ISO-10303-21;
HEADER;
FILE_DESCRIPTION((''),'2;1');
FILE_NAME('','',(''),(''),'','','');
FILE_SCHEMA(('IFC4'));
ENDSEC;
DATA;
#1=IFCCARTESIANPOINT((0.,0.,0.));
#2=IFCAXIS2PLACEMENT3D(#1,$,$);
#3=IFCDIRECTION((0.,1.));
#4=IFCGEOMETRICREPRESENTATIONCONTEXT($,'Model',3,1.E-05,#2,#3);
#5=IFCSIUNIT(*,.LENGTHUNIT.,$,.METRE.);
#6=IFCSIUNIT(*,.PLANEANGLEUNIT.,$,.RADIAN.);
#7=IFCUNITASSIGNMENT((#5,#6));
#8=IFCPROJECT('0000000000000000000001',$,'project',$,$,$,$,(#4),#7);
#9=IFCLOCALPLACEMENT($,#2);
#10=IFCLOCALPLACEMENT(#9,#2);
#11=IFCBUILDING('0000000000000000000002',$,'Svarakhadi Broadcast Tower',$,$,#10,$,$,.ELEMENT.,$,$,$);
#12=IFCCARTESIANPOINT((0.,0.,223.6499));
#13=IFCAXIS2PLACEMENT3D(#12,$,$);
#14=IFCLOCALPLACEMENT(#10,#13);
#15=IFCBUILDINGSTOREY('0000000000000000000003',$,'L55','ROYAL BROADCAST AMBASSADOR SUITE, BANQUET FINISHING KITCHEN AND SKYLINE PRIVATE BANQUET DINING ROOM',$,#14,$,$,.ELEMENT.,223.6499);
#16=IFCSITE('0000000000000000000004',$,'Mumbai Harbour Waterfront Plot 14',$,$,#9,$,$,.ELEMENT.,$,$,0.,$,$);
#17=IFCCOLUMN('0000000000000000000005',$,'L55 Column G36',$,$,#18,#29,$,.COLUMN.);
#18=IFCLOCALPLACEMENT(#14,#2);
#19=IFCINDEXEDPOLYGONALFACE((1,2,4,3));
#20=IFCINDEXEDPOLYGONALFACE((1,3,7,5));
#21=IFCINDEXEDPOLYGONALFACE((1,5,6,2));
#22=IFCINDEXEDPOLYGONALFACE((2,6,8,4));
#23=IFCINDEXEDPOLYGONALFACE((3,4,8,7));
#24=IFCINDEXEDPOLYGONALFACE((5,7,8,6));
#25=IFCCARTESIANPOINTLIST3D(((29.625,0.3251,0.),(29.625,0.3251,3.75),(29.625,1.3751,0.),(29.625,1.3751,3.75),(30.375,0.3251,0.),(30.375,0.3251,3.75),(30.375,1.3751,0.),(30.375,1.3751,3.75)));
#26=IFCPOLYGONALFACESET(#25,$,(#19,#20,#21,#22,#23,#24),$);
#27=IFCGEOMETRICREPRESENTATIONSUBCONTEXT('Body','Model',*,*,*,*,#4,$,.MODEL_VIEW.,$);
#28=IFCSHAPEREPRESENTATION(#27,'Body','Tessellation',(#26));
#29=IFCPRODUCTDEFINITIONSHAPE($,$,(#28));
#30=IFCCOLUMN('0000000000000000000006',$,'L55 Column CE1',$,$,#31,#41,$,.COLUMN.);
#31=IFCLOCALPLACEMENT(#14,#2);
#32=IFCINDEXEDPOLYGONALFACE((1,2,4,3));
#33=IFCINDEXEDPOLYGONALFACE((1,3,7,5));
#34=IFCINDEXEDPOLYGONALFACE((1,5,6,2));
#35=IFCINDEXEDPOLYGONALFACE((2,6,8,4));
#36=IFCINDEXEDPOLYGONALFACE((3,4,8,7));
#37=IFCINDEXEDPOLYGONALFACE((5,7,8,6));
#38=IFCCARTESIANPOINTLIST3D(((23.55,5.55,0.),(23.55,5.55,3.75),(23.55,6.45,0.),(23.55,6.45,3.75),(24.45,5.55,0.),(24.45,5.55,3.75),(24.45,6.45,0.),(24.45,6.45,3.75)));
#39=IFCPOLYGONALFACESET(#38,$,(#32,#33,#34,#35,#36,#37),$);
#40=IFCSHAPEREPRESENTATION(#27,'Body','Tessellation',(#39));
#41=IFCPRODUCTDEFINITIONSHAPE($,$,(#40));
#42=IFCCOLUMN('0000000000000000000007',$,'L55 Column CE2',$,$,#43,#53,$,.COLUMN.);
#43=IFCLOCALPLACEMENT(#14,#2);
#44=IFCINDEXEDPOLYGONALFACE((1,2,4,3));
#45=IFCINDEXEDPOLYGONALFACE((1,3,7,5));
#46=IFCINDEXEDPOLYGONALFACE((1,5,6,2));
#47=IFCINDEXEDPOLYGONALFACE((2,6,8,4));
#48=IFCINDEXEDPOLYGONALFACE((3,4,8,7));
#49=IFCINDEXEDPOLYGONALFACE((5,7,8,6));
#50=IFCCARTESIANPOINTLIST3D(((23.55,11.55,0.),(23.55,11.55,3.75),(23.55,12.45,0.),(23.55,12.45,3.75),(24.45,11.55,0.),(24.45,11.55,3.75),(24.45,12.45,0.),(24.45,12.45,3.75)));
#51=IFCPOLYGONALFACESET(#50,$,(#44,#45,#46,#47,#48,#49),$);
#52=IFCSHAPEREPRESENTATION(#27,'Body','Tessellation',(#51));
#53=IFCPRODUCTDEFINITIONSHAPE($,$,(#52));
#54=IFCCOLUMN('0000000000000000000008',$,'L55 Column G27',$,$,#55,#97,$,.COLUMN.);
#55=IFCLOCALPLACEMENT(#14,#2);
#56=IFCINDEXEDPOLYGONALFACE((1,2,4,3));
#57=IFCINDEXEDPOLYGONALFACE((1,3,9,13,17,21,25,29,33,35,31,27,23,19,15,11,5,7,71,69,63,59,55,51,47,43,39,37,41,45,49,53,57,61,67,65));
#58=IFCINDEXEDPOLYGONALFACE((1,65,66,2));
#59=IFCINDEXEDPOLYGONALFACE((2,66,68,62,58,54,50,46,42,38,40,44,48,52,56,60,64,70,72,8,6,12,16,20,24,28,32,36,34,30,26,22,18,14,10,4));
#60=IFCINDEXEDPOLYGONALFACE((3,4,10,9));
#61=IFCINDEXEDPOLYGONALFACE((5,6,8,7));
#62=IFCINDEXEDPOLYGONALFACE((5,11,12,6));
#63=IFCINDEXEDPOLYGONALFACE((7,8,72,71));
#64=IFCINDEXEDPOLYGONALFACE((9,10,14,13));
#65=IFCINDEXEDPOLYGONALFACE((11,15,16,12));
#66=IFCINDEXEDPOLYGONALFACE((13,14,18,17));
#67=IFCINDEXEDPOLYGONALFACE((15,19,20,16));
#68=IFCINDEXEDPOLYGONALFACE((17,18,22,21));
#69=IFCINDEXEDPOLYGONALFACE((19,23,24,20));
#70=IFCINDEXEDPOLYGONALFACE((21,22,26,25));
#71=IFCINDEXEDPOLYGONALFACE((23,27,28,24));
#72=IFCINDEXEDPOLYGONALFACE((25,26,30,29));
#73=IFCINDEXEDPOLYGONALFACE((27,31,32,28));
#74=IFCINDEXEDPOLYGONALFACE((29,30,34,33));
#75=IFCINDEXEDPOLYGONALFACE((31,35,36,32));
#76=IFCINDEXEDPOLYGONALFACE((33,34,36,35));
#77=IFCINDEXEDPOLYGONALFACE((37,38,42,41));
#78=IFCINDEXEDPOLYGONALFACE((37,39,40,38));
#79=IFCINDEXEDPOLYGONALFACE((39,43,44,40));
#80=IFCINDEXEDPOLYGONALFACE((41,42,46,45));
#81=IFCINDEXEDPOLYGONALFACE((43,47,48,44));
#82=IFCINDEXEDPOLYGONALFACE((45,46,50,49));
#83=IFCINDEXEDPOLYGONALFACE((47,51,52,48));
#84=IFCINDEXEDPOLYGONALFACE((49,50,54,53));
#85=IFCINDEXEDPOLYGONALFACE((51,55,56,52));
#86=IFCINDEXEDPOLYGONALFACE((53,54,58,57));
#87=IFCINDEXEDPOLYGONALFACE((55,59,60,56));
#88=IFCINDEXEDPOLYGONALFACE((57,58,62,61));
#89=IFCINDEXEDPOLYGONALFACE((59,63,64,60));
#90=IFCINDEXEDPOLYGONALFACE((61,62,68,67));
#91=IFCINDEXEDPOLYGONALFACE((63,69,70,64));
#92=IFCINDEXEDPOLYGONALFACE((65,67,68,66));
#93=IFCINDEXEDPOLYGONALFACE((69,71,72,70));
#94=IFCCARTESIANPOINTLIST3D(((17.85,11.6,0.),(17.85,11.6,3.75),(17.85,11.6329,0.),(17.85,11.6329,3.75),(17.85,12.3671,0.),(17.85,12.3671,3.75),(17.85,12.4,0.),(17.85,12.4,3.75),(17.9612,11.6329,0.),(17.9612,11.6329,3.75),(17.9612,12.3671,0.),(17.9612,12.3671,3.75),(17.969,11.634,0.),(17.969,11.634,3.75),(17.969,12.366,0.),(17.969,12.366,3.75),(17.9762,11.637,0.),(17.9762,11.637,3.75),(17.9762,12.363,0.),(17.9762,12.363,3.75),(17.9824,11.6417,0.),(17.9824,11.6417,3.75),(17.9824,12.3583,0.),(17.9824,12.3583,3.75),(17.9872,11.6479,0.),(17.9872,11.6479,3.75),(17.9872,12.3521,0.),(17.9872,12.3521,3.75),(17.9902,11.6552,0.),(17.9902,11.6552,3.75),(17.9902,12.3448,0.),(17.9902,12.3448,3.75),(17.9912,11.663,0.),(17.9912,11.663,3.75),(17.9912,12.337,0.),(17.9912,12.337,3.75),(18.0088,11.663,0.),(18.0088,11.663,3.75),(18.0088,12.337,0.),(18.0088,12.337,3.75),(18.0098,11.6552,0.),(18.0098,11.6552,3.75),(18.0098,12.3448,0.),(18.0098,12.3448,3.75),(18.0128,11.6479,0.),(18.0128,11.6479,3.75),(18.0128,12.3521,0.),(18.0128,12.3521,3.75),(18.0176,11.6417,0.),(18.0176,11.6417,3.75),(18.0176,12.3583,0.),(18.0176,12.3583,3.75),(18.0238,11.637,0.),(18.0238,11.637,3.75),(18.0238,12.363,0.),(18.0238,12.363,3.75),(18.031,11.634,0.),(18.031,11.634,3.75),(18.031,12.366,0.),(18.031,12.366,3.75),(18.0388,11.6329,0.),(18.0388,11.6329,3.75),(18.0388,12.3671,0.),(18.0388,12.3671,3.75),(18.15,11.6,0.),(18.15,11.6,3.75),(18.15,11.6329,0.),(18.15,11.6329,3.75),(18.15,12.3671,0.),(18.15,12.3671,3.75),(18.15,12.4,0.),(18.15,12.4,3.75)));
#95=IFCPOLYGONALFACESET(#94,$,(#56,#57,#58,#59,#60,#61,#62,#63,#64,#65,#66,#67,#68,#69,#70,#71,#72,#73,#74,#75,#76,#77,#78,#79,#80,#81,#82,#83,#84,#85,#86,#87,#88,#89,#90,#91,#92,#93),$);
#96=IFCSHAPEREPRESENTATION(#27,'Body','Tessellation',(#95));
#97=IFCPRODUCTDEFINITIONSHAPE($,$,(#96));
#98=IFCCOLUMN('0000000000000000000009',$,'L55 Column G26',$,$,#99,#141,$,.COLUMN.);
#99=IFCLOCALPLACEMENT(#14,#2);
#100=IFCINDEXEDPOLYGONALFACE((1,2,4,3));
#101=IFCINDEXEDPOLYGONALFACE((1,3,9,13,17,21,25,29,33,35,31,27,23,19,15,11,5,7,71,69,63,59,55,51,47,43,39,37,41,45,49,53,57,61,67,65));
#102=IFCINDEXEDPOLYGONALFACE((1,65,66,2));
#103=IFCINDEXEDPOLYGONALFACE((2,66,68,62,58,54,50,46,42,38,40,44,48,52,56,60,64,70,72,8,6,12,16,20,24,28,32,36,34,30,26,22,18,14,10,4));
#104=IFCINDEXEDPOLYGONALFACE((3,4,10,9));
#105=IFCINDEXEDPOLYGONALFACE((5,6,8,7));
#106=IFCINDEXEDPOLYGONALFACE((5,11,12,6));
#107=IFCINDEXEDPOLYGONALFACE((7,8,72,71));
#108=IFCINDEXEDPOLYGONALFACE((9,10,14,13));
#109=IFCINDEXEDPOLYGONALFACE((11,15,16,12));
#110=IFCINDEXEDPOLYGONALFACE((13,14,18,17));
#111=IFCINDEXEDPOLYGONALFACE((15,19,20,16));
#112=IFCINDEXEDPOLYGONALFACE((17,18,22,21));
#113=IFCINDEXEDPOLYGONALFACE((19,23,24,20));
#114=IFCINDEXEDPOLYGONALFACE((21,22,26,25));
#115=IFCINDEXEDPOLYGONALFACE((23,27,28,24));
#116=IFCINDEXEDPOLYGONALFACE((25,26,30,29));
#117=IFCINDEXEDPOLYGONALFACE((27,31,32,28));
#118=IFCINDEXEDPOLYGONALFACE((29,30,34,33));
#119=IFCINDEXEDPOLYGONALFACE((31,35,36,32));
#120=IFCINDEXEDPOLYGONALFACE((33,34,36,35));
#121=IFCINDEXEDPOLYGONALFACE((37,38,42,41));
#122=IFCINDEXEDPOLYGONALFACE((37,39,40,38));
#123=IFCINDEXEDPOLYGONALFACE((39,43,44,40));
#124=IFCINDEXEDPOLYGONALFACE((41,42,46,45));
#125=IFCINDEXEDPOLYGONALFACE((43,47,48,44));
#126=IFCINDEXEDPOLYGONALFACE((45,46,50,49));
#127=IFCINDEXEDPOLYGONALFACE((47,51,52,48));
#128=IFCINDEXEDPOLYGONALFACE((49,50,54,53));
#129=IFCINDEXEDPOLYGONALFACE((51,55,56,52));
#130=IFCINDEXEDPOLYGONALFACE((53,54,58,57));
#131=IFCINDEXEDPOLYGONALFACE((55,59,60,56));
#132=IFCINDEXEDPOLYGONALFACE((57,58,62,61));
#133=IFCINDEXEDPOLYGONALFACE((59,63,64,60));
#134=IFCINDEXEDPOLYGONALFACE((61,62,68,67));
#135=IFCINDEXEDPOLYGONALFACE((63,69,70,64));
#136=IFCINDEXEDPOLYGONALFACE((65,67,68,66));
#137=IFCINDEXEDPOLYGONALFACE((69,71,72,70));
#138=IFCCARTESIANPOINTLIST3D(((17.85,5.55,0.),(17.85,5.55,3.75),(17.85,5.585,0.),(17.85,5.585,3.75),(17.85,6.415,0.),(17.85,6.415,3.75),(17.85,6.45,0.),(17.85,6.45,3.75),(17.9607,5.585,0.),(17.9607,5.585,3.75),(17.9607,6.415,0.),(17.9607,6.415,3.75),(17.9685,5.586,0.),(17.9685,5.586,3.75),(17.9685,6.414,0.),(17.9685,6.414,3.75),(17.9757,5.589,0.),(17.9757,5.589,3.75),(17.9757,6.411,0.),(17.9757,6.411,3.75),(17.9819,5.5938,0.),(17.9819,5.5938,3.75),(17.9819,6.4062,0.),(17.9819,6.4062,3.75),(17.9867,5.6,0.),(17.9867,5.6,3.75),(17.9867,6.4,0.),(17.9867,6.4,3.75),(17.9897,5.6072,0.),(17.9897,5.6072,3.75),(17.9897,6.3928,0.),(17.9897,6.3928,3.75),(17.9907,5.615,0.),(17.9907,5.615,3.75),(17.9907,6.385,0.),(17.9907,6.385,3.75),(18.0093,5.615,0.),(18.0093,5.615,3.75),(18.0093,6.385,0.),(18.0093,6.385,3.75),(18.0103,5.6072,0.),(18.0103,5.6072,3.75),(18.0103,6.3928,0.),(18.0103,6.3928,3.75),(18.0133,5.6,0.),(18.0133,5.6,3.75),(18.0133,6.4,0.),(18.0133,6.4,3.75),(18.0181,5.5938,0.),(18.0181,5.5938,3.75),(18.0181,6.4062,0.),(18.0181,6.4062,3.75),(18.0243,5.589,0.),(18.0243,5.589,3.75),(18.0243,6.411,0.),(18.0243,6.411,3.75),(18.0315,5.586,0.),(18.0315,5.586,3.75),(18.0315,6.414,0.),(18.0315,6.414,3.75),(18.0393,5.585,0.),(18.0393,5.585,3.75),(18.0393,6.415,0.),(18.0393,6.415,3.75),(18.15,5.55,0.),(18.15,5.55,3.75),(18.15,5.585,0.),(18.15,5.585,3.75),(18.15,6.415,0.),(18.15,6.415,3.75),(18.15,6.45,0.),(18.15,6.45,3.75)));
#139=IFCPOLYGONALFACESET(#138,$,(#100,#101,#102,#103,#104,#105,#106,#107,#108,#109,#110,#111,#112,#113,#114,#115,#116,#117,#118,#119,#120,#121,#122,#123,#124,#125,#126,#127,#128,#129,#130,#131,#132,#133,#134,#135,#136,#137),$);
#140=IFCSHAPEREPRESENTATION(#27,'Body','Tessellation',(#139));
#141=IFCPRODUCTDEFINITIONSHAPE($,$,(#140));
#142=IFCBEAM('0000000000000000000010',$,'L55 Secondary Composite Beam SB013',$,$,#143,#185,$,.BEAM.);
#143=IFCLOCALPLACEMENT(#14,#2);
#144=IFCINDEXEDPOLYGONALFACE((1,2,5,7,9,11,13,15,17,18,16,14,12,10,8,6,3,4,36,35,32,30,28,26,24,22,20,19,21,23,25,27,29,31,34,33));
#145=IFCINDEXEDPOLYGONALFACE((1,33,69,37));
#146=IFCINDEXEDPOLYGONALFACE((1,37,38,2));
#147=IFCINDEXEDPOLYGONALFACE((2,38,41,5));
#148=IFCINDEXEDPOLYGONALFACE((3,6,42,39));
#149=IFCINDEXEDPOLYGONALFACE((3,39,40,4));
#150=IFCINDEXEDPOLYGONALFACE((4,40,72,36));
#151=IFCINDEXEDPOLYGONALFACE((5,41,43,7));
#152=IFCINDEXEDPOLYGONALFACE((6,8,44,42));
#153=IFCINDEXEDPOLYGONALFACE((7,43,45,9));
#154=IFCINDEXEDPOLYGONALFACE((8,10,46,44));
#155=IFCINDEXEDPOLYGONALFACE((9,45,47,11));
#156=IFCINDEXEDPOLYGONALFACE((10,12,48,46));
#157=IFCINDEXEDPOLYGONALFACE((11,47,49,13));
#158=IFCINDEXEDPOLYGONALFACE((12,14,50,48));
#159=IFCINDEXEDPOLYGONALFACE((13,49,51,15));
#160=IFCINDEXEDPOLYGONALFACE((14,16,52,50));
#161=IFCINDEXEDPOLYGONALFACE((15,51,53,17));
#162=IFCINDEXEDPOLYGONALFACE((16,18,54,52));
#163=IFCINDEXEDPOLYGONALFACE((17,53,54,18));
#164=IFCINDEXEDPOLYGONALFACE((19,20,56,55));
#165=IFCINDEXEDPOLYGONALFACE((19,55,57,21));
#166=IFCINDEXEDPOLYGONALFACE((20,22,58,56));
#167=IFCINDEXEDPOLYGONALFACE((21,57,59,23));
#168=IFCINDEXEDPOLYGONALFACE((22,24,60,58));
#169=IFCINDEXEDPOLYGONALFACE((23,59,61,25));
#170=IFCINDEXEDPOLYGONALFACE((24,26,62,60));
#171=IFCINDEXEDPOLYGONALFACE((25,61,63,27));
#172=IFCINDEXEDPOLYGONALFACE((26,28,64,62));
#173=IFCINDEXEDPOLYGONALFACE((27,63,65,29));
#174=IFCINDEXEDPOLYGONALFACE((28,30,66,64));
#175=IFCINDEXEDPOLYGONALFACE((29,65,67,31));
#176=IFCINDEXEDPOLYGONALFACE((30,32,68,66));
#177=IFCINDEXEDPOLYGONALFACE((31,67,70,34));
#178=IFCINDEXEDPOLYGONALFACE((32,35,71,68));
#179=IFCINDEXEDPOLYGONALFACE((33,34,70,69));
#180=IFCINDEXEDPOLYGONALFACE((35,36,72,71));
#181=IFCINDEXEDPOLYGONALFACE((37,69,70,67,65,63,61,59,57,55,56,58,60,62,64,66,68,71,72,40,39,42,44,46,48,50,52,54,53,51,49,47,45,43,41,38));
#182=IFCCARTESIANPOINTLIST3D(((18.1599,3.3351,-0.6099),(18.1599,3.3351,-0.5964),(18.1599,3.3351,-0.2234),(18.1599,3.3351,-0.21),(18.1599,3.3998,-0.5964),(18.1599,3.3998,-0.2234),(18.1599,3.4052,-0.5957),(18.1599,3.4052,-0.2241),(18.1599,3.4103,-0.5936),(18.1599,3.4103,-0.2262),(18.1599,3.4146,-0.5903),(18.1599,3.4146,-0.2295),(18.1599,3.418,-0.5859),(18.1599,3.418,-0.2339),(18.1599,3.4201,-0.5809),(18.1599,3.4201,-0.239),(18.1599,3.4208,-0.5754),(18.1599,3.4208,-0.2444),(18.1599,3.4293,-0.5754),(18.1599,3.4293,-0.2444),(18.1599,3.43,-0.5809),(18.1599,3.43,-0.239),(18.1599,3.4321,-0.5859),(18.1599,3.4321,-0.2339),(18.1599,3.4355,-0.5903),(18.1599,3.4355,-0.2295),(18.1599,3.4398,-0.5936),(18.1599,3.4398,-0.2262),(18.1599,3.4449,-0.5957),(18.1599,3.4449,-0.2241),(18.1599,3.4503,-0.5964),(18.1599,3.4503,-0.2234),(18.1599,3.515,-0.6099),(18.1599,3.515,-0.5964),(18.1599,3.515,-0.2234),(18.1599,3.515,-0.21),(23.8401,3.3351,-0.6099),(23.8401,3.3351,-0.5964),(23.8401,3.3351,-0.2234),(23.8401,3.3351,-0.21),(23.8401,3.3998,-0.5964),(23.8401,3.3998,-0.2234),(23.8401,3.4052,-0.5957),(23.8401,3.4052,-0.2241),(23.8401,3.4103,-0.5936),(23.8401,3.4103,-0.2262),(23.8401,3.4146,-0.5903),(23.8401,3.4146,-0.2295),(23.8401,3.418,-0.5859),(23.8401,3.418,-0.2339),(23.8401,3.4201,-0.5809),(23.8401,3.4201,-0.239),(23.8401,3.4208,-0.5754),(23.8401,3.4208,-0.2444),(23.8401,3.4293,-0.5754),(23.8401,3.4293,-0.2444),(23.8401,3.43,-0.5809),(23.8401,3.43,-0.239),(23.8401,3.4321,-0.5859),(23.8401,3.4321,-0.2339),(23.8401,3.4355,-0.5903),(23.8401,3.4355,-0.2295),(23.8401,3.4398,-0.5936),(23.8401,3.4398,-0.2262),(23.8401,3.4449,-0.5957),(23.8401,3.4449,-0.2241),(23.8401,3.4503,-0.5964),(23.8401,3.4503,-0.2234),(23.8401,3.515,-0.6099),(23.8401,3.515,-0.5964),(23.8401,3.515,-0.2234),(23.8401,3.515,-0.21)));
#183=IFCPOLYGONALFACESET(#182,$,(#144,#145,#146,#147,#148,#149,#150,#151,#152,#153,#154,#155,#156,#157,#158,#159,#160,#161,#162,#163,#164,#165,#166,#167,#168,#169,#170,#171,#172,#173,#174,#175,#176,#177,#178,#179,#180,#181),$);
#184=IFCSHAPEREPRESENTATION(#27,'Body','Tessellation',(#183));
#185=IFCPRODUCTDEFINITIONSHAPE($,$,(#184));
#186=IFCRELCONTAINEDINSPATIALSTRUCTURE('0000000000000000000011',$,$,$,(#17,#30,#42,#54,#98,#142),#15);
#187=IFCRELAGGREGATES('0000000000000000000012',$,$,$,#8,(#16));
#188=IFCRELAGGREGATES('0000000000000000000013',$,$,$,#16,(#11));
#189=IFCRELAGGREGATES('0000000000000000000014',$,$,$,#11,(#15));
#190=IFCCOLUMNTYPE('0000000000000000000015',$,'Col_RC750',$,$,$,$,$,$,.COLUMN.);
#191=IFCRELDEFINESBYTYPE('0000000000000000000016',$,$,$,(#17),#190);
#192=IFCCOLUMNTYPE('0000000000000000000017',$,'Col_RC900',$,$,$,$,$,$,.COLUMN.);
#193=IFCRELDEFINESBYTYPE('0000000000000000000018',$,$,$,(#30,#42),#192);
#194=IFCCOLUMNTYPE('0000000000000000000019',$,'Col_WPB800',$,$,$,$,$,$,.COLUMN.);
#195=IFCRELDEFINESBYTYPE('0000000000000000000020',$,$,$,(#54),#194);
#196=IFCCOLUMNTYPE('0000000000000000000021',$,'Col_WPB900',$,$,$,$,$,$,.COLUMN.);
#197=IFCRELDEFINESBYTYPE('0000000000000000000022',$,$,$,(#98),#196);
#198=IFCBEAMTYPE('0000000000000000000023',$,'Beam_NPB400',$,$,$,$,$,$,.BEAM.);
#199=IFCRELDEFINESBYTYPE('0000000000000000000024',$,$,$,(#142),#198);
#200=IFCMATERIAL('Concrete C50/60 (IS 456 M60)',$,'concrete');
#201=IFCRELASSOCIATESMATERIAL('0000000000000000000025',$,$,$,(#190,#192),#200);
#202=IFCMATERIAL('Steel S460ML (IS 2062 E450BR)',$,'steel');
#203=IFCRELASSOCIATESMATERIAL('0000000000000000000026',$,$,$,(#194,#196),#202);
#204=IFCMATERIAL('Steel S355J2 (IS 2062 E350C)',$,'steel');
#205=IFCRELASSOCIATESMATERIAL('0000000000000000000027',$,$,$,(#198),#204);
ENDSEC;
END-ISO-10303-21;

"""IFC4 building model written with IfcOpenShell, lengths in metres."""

from ifc_helpers import new_model, si_unit, direction, frame, origin, origin_2d, place, context, subcontext, project, spatial, rectangle, i_section, extrude, material, material_profile, profile_set, type_object, element, save


model = new_model("IFC4")

# Units and contexts
model_context = context("Model", 3, precision=1e-05, world=origin(), true_north=direction((0.0, 1.0)))
body_context = subcontext(model_context, "Body", "Model", "MODEL_VIEW")
ifc_project = project(units=[si_unit("LENGTHUNIT", "METRE"), si_unit("PLANEANGLEUNIT", "RADIAN")], contexts=[model_context])

# Site, building, storey
site_placement = place(None, origin())
site = spatial("IfcSite", under=ifc_project, at=site_placement, Name="Mumbai Harbour Waterfront Plot 14", CompositionType="ELEMENT", RefElevation=0.0)
building_placement = place(site_placement, origin())
building = spatial("IfcBuilding", under=site, at=building_placement, Name="Svarakhadi Broadcast Tower", CompositionType="ELEMENT")
storey_placement = place(building_placement, frame((0.0, 0.0, 223.6499)))
storey = spatial("IfcBuildingStorey", under=building, at=storey_placement, Name="L55", Description="ROYAL BROADCAST AMBASSADOR SUITE, BANQUET FINISHING KITCHEN AND SKYLINE PRIVATE BANQUET DINING ROOM", CompositionType="ELEMENT", Elevation=223.6499)

# Columns
ifc_material_1 = material(Name="Concrete C50/60 (IS 456 M60)", Category="concrete")
ifc_material_profile_1 = material_profile(ifc_material_1, rectangle(XDim=0.75, YDim=1.05, at=origin_2d()), Name="RC 750x1050")
ifc_profile_set_1 = profile_set([ifc_material_profile_1], Name="Concrete C50/60 (IS 456 M60)")
column_type_1 = type_object("IfcColumnType", Name="Col_RC750", PredefinedType="COLUMN", material=ifc_profile_set_1)
column_1_placement = place(storey_placement, frame((30.0, 0.8501, 0.0), z_axis=(0.0, 0.0, 1.0), x_axis=(1.0, 0.0, 0.0)))
element("IfcColumn", 1, at=column_1_placement, inside=storey, type_object=column_type_1, Name="L55 Column G36", PredefinedType="COLUMN", context=body_context, shape_type="SweptSolid", body=[
    extrude(rectangle(XDim=0.75, YDim=1.05, at=origin_2d()), origin(), (0.0, 0.0, 1.0), 3.75),
])
ifc_material_profile_2 = material_profile(ifc_material_1, rectangle(XDim=0.8999, YDim=0.8999, at=origin_2d()), Name="RC 900x900")
ifc_profile_set_2 = profile_set([ifc_material_profile_2], Name="Concrete C50/60 (IS 456 M60)")
column_type_2 = type_object("IfcColumnType", Name="Col_RC900", PredefinedType="COLUMN", material=ifc_profile_set_2)
for number, where, z_axis, x_axis, name in (
    (2, (24.0, 6.0, 0.0), (0.0, 0.0, 1.0), (1.0, 0.0, 0.0), "L55 Column CE1"),
    (3, (24.0, 12.0, 0.0), (0.0, 0.0, 1.0), (1.0, 0.0, 0.0), "L55 Column CE2"),
):
    element("IfcColumn", number, at=place(storey_placement, frame(where, z_axis=z_axis, x_axis=x_axis)), inside=storey, type_object=column_type_2, Name=name, PredefinedType="COLUMN", context=body_context, shape_type="SweptSolid", body=[
        extrude(rectangle(XDim=0.8999, YDim=0.8999, at=origin_2d()), origin(), (0.0, 0.0, 1.0), 3.75),
    ])
ifc_material_2 = material(Name="Steel S460ML (IS 2062 E450BR)", Category="steel")
ifc_material_profile_3 = material_profile(ifc_material_2, i_section(OverallWidth=0.3, OverallDepth=0.8, WebThickness=0.0176, FlangeThickness=0.033, FilletRadius=0.03, at=origin_2d()), Name="WPB 800x300x262")
ifc_profile_set_3 = profile_set([ifc_material_profile_3], Name="Steel S460ML (IS 2062 E450BR)")
column_type_3 = type_object("IfcColumnType", Name="Col_WPB800", PredefinedType="COLUMN", material=ifc_profile_set_3)
column_2_placement = place(storey_placement, frame((18.0, 12.0, 0.0), z_axis=(0.0, 0.0, 1.0), x_axis=(1.0, 0.0, 0.0)))
element("IfcColumn", 4, at=column_2_placement, inside=storey, type_object=column_type_3, Name="L55 Column G27", PredefinedType="COLUMN", context=body_context, shape_type="SweptSolid", body=[
    extrude(i_section(OverallWidth=0.3, OverallDepth=0.8, WebThickness=0.0176, FlangeThickness=0.033, FilletRadius=0.03, at=origin_2d()), origin(), (0.0, 0.0, 1.0), 3.75),
])
ifc_material_profile_4 = material_profile(ifc_material_2, i_section(OverallWidth=0.3, OverallDepth=0.8999, WebThickness=0.0186, FlangeThickness=0.0349, FilletRadius=0.03, at=origin_2d()), Name="WPB 900x300x291")
ifc_profile_set_4 = profile_set([ifc_material_profile_4], Name="Steel S460ML (IS 2062 E450BR)")
column_type_4 = type_object("IfcColumnType", Name="Col_WPB900", PredefinedType="COLUMN", material=ifc_profile_set_4)
column_3_placement = place(storey_placement, frame((18.0, 6.0, 0.0), z_axis=(0.0, 0.0, 1.0), x_axis=(1.0, 0.0, 0.0)))
element("IfcColumn", 5, at=column_3_placement, inside=storey, type_object=column_type_4, Name="L55 Column G26", PredefinedType="COLUMN", context=body_context, shape_type="SweptSolid", body=[
    extrude(i_section(OverallWidth=0.3, OverallDepth=0.8999, WebThickness=0.0186, FlangeThickness=0.0349, FilletRadius=0.03, at=origin_2d()), origin(), (0.0, 0.0, 1.0), 3.75),
])

# Beam
ifc_material_3 = material(Name="Steel S355J2 (IS 2062 E350C)", Category="steel")
ifc_material_profile_5 = material_profile(ifc_material_3, i_section(OverallWidth=0.1799, OverallDepth=0.3999, WebThickness=0.0085, FlangeThickness=0.0134, FilletRadius=0.021, at=origin_2d()), Name="NPB 400x180x66")
ifc_profile_set_5 = profile_set([ifc_material_profile_5], Name="Steel S355J2 (IS 2062 E350C)")
beam_type_1 = type_object("IfcBeamType", Name="Beam_NPB400", PredefinedType="BEAM", material=ifc_profile_set_5)
for number, where, z_axis, x_axis, name in (
    (6, (18.1599, 3.425, -0.4099), (1.0, 0.0, 0.0), (0.0, 1.0, 0.0), "L55 Secondary Composite Beam SB013"),
):
    element("IfcBeam", number, at=place(storey_placement, frame(where, z_axis=z_axis, x_axis=x_axis)), inside=storey, type_object=beam_type_1, Name=name, PredefinedType="BEAM", context=body_context, shape_type="SweptSolid", body=[
        extrude(i_section(OverallWidth=0.1799, OverallDepth=0.3999, WebThickness=0.0085, FlangeThickness=0.0134, FilletRadius=0.021, at=origin_2d()), origin(), (0.0, 0.0, 1.0), 5.6802),
    ])

save(model, "model.ifc")
